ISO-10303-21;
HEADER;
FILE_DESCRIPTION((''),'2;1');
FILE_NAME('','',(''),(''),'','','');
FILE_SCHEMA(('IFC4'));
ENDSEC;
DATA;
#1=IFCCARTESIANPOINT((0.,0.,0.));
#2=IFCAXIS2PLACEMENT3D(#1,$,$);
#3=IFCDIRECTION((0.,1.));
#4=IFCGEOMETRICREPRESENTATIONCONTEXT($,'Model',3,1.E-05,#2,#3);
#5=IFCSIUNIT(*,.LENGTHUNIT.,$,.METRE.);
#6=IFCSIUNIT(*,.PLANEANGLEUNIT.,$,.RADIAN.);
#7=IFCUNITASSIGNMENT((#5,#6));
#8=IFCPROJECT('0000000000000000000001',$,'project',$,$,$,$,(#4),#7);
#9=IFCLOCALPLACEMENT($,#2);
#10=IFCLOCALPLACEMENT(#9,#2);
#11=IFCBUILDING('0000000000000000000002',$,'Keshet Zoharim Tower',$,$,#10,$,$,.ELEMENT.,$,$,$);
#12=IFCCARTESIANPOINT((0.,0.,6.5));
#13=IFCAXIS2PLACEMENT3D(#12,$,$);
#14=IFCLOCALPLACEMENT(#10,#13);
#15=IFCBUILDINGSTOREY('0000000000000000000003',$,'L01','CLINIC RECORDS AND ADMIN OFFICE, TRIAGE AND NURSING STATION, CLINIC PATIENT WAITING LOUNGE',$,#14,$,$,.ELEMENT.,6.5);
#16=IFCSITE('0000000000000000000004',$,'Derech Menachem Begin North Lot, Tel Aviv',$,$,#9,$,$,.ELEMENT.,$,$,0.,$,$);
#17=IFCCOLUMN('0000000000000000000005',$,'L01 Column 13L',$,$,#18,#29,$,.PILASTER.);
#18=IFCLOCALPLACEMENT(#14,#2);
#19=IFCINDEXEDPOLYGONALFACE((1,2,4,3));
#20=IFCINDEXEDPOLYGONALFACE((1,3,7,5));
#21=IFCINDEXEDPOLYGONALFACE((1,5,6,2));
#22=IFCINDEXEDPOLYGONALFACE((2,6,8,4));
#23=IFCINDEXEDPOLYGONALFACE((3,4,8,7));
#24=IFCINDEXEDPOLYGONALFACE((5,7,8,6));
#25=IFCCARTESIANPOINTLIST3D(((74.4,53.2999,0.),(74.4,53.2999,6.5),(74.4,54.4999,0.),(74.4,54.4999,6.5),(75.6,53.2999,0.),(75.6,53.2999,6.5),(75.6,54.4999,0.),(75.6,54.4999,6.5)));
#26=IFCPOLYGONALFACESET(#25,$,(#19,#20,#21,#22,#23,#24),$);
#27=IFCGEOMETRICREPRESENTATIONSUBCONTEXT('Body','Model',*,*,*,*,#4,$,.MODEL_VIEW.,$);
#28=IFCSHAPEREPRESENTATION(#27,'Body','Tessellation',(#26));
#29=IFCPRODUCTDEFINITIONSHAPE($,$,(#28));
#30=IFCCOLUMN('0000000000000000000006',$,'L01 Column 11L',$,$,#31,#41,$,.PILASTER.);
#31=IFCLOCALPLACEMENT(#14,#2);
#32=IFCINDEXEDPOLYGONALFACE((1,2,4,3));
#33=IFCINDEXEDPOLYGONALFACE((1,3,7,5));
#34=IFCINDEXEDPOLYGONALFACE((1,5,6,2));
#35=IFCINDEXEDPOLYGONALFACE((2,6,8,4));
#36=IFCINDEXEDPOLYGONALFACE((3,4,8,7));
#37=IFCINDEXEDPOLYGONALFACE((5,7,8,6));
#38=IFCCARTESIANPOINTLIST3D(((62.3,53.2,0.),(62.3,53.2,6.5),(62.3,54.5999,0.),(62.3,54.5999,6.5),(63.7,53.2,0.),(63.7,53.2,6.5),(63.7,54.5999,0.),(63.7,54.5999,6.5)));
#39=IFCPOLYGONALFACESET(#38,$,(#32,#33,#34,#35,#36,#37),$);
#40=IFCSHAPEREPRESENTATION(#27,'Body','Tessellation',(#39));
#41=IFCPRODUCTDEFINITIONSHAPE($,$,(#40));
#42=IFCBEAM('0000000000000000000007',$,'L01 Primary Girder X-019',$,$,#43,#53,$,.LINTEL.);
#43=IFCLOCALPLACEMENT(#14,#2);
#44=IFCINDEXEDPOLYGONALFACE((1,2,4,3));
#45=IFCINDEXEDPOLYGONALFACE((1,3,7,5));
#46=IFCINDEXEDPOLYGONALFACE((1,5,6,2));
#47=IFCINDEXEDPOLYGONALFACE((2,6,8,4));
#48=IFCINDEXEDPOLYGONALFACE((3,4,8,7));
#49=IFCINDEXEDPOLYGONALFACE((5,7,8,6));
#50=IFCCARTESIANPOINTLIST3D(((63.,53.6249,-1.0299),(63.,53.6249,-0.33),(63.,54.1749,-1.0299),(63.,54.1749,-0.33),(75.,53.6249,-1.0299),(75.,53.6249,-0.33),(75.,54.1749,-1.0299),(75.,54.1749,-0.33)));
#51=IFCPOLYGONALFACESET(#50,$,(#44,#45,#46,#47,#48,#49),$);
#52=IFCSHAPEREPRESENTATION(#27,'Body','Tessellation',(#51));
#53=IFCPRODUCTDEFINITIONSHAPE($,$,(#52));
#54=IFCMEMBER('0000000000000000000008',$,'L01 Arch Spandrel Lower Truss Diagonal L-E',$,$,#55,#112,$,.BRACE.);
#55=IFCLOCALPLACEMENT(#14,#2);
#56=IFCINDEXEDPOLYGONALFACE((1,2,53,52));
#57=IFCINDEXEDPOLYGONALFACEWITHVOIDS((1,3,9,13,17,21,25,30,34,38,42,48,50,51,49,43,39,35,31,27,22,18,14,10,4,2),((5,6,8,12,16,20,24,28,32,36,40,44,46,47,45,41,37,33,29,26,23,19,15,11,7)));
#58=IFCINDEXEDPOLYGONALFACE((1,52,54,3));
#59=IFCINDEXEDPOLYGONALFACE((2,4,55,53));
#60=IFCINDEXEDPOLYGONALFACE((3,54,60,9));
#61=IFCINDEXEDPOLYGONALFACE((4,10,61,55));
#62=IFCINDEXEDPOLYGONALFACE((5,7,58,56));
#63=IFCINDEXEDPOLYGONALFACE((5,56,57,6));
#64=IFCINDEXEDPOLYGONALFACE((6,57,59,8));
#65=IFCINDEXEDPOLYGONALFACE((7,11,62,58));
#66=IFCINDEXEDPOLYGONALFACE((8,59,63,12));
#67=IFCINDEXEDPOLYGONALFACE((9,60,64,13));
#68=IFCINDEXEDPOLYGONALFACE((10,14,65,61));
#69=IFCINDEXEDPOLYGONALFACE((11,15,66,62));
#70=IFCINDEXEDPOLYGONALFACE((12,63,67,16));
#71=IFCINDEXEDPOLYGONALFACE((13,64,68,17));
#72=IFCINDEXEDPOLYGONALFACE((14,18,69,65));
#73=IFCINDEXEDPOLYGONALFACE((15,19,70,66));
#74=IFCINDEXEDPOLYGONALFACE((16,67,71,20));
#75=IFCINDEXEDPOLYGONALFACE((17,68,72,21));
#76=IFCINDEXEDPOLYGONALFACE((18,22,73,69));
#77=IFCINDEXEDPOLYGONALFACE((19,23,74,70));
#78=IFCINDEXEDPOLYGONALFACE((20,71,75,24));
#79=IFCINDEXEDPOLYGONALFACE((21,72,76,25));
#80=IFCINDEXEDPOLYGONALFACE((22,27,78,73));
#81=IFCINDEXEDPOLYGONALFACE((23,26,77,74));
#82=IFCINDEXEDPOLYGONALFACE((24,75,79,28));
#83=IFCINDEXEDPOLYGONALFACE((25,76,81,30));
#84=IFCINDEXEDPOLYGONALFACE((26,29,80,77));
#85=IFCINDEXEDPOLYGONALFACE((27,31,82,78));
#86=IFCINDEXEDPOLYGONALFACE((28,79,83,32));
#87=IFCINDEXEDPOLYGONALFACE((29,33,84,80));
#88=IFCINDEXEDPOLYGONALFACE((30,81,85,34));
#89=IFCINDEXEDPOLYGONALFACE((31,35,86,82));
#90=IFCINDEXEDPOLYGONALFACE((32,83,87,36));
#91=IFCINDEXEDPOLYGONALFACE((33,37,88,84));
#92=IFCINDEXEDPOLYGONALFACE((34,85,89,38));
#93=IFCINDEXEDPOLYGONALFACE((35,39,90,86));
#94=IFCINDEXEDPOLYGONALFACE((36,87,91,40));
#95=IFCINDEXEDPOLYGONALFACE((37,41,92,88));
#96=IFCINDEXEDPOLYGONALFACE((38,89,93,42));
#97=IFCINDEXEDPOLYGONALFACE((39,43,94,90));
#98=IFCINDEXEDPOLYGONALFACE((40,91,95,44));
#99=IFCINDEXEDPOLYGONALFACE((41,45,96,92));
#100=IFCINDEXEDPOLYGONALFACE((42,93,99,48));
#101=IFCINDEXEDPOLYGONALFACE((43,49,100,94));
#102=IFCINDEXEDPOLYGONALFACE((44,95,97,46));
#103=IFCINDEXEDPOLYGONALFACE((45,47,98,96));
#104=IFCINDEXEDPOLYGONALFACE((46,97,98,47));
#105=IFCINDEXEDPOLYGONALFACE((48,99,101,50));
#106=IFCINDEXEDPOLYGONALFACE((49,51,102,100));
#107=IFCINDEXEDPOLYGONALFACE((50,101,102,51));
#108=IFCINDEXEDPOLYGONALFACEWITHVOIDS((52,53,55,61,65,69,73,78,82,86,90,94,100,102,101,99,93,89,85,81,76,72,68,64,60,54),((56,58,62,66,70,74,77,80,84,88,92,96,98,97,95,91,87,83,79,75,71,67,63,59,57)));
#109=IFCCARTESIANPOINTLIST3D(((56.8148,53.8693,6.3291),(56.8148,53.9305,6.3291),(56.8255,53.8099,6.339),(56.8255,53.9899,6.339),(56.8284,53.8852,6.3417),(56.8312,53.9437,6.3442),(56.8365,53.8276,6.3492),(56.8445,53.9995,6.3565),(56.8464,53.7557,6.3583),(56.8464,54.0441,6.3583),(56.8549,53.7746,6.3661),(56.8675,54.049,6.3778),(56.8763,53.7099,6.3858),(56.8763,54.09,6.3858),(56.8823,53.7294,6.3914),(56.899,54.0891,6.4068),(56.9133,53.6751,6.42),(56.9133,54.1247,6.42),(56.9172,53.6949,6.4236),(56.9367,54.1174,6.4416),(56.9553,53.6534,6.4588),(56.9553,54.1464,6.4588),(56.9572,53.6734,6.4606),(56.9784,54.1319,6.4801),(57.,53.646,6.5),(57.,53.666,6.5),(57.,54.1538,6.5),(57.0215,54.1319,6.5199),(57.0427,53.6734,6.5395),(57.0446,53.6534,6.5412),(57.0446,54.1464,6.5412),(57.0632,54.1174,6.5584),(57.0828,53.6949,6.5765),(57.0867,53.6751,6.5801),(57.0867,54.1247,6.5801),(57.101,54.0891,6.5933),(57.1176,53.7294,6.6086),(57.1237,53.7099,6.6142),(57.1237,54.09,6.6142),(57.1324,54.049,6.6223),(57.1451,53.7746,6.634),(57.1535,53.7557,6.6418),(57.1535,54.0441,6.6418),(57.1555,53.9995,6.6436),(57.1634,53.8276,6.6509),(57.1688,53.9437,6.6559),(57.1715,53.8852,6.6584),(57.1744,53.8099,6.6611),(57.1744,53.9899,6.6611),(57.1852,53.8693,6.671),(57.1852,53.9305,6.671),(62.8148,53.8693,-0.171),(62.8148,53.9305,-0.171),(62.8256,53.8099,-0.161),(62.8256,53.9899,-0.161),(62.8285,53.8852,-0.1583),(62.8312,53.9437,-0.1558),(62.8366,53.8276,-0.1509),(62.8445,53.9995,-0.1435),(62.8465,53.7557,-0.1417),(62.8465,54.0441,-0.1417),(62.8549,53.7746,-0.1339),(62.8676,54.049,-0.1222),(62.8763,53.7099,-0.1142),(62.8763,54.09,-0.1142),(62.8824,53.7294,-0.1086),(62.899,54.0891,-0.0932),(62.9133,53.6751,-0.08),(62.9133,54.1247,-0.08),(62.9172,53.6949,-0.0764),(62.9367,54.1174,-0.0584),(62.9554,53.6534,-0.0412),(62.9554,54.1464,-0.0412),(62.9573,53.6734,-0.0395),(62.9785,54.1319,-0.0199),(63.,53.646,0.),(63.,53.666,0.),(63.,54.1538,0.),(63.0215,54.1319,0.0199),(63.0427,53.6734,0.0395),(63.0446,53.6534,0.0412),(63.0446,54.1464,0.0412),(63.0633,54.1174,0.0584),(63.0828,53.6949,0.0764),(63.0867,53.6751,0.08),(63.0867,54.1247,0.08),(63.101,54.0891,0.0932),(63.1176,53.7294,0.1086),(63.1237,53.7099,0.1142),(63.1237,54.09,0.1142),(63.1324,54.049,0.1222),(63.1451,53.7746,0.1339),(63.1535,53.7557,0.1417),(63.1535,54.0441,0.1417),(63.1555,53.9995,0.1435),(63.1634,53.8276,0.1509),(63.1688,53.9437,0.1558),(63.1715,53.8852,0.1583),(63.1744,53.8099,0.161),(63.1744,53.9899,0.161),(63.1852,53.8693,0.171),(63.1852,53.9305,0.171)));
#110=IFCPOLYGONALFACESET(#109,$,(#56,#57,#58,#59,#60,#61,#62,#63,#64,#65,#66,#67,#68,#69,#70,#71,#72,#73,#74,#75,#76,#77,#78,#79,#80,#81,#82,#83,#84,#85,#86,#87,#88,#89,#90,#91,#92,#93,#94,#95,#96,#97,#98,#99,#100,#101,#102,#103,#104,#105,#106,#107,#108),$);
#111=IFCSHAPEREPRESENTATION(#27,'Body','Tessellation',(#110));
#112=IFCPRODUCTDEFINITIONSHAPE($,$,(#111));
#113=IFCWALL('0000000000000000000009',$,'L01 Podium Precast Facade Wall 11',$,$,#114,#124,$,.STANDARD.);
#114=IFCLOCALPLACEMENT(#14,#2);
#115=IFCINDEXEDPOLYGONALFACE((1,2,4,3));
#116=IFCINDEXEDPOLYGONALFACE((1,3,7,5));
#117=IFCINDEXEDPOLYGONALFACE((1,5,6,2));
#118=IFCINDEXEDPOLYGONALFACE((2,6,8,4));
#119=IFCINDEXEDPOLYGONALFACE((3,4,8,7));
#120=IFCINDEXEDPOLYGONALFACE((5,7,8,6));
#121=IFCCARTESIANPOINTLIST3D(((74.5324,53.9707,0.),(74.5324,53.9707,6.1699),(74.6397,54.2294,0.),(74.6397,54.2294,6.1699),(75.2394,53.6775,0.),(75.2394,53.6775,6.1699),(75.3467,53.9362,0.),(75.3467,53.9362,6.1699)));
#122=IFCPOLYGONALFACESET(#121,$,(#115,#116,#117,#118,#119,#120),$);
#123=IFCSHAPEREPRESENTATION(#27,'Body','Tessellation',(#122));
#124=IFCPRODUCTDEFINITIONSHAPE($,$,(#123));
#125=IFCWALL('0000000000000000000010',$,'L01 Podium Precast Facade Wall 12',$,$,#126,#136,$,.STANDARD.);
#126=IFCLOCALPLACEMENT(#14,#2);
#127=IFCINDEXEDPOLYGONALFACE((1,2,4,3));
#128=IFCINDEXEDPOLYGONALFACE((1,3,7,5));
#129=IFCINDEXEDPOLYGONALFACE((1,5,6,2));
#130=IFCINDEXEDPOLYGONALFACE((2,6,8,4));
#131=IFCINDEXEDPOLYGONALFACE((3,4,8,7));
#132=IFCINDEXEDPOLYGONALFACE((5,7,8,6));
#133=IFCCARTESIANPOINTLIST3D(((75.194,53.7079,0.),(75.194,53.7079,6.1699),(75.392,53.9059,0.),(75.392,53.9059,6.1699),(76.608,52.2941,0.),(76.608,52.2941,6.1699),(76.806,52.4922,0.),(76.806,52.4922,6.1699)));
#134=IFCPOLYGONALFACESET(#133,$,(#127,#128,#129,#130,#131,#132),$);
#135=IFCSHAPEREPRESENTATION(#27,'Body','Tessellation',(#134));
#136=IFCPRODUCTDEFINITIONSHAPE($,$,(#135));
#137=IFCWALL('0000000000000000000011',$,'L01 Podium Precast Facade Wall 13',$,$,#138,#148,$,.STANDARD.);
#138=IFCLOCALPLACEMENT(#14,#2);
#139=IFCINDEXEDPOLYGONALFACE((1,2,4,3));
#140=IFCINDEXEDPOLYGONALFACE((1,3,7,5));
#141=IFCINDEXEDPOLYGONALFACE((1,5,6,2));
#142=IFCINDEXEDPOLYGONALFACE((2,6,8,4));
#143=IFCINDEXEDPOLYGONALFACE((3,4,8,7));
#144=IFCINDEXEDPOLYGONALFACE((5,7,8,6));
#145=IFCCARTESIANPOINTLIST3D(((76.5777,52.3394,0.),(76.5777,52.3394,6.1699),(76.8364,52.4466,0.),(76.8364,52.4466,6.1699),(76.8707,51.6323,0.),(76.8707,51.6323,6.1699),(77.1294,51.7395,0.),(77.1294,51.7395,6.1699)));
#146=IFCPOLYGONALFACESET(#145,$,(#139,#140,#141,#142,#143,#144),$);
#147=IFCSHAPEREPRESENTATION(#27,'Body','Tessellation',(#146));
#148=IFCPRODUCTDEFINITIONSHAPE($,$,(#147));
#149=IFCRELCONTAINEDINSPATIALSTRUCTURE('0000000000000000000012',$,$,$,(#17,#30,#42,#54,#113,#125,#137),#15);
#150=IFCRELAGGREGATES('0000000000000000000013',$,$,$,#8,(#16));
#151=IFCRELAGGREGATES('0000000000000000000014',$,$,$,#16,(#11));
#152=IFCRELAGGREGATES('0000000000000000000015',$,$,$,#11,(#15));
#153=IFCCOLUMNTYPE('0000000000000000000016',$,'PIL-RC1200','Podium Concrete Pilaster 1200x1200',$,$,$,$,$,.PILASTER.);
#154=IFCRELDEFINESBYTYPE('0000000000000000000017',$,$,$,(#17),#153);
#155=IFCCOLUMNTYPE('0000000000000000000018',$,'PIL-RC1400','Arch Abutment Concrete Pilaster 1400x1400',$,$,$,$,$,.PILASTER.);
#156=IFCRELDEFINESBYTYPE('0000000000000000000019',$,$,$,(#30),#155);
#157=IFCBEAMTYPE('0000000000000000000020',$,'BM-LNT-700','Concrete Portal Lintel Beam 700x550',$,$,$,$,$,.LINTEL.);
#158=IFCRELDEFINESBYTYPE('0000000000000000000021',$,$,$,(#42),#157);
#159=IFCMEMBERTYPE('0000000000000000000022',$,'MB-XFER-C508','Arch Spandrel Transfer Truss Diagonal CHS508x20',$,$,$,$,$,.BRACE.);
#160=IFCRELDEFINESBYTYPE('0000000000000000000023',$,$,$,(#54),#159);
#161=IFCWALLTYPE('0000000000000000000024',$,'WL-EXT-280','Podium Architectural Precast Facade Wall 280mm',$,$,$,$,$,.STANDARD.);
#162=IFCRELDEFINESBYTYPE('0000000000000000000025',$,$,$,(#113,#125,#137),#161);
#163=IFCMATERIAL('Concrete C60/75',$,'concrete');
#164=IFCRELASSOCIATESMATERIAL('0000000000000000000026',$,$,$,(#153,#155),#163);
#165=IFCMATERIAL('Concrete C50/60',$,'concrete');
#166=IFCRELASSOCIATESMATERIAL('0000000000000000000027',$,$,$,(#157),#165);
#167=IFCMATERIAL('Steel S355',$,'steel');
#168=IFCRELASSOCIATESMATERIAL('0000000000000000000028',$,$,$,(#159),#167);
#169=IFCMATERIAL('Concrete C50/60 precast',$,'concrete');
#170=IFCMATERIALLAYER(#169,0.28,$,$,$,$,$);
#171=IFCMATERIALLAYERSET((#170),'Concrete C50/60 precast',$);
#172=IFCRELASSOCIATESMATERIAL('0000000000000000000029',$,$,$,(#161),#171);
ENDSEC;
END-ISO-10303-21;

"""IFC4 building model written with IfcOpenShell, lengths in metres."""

from ifc_helpers import new_model, si_unit, direction, frame, frame_2d, origin, origin_2d, place, context, subcontext, project, spatial, rectangle, hollow_circle, extrude, material, layer, layer_set, material_profile, profile_set, type_object, element, save


model = new_model("IFC4")

# Units and contexts
model_context = context("Model", 3, precision=1e-05, world=origin(), true_north=direction((0.0, 1.0)))
body_context = subcontext(model_context, "Body", "Model", "MODEL_VIEW")
ifc_project = project(units=[si_unit("LENGTHUNIT", "METRE"), si_unit("PLANEANGLEUNIT", "RADIAN")], contexts=[model_context])

# Site, building, storey
site_placement = place(None, origin())
site = spatial("IfcSite", under=ifc_project, at=site_placement, Name="Derech Menachem Begin North Lot, Tel Aviv", CompositionType="ELEMENT", RefElevation=0.0)
building_placement = place(site_placement, origin())
building = spatial("IfcBuilding", under=site, at=building_placement, Name="Keshet Zoharim Tower", CompositionType="ELEMENT")
storey_placement = place(building_placement, frame((0.0, 0.0, 6.5)))
storey = spatial("IfcBuildingStorey", under=building, at=storey_placement, Name="L01", Description="CLINIC RECORDS AND ADMIN OFFICE, TRIAGE AND NURSING STATION, CLINIC PATIENT WAITING LOUNGE", CompositionType="ELEMENT", Elevation=6.5)

# Columns
ifc_material_1 = material(Name="Concrete C60/75", Category="concrete")
ifc_material_profile_1 = material_profile(ifc_material_1, rectangle(XDim=1.2, YDim=1.2, at=origin_2d()), Name="RC1200x1200")
ifc_profile_set_1 = profile_set([ifc_material_profile_1], Name="Concrete C60/75")
column_type_1 = type_object("IfcColumnType", Name="PIL-RC1200", Description="Podium Concrete Pilaster 1200x1200", PredefinedType="PILASTER", material=ifc_profile_set_1)
column_1_placement = place(storey_placement, frame((75.0, 53.8999, 0.0), z_axis=(0.0, 0.0, 1.0), x_axis=(1.0, 0.0, 0.0)))
element("IfcColumn", 1, at=column_1_placement, inside=storey, type_object=column_type_1, Name="L01 Column 13L", PredefinedType="PILASTER", context=body_context, shape_type="SweptSolid", body=[
    extrude(rectangle(XDim=1.2, YDim=1.2, at=origin_2d()), origin(), (0.0, 0.0, 1.0), 6.5),
])
ifc_material_profile_2 = material_profile(ifc_material_1, rectangle(XDim=1.3999, YDim=1.3999, at=origin_2d()), Name="RC1400x1400")
ifc_profile_set_2 = profile_set([ifc_material_profile_2], Name="Concrete C60/75")
column_type_2 = type_object("IfcColumnType", Name="PIL-RC1400", Description="Arch Abutment Concrete Pilaster 1400x1400", PredefinedType="PILASTER", material=ifc_profile_set_2)
column_2_placement = place(storey_placement, frame((63.0, 53.8999, 0.0), z_axis=(0.0, 0.0, 1.0), x_axis=(1.0, 0.0, 0.0)))
element("IfcColumn", 2, at=column_2_placement, inside=storey, type_object=column_type_2, Name="L01 Column 11L", PredefinedType="PILASTER", context=body_context, shape_type="SweptSolid", body=[
    extrude(rectangle(XDim=1.3999, YDim=1.3999, at=origin_2d()), origin(), (0.0, 0.0, 1.0), 6.5),
])

# Beam
ifc_material_2 = material(Name="Concrete C50/60", Category="concrete")
ifc_material_profile_3 = material_profile(ifc_material_2, rectangle(XDim=0.55, YDim=0.7, at=origin_2d()), Name="RC700x550")
ifc_profile_set_3 = profile_set([ifc_material_profile_3], Name="Concrete C50/60")
beam_type = type_object("IfcBeamType", Name="BM-LNT-700", Description="Concrete Portal Lintel Beam 700x550", PredefinedType="LINTEL", material=ifc_profile_set_3)
beam_placement = place(storey_placement, frame((63.0, 53.8999, -0.6799), z_axis=(1.0, 0.0, 0.0), x_axis=(0.0, 1.0, 0.0)))
element("IfcBeam", 3, at=beam_placement, inside=storey, type_object=beam_type, Name="L01 Primary Girder X-019", PredefinedType="LINTEL", context=body_context, shape_type="SweptSolid", body=[
    extrude(rectangle(XDim=0.55, YDim=0.7, at=origin_2d()), origin(), (0.0, 0.0, 1.0), 12.0),
])

# Member
ifc_material_3 = material(Name="Steel S355", Category="steel")
ifc_material_profile_4 = material_profile(ifc_material_3, hollow_circle(Radius=0.2539, WallThickness=0.02, at=origin_2d()), Name="CHS508x20")
ifc_profile_set_4 = profile_set([ifc_material_profile_4], Name="Steel S355")
member_type = type_object("IfcMemberType", Name="MB-XFER-C508", Description="Arch Spandrel Transfer Truss Diagonal CHS508x20", PredefinedType="BRACE", material=ifc_profile_set_4)
member_placement = place(storey_placement, frame((63.0, 53.8999, 0.0), z_axis=(-0.67828, 0.0, 0.734803), x_axis=(0.0, -1.0, 0.0)))
element("IfcMember", 4, at=member_placement, inside=storey, type_object=member_type, Name="L01 Arch Spandrel Lower Truss Diagonal L-E", PredefinedType="BRACE", context=body_context, shape_type="SweptSolid", body=[
    extrude(hollow_circle(Radius=0.2539, WallThickness=0.02, at=origin_2d()), origin(), (0.0, 0.0, 1.0), 8.8459),
])

# Walls
ifc_material_4 = material(Name="Concrete C50/60 precast", Category="concrete")
ifc_layer = layer(ifc_material_4, 0.28)
ifc_layer_set = layer_set([ifc_layer], Name="Concrete C50/60 precast")
wall_type = type_object("IfcWallType", Name="WL-EXT-280", Description="Podium Architectural Precast Facade Wall 280mm", PredefinedType="STANDARD", material=ifc_layer_set)
wall_1_placement = place(storey_placement, frame((74.5859, 54.1001, 0.0), z_axis=(0.0, 0.0, 1.0), x_axis=(0.923717, -0.383075, 0.0)))
element("IfcWall", 5, at=wall_1_placement, inside=storey, type_object=wall_type, Name="L01 Podium Precast Facade Wall 11", PredefinedType="STANDARD", context=body_context, shape_type="SweptSolid", body=[
    extrude(rectangle(XDim=0.7654, YDim=0.28, at=frame_2d((0.3828, 0.0))), origin(), (0.0, 0.0, 1.0), 6.1699),
])
wall_2_placement = place(storey_placement, frame((75.293, 53.8069, 0.0), z_axis=(0.0, 0.0, 1.0), x_axis=(0.707168, -0.707046, 0.0)))
element("IfcWall", 6, at=wall_2_placement, inside=storey, type_object=wall_type, Name="L01 Podium Precast Facade Wall 12", PredefinedType="STANDARD", context=body_context, shape_type="SweptSolid", body=[
    extrude(rectangle(XDim=1.9995, YDim=0.28, at=frame_2d((0.9998, 0.0))), origin(), (0.0, 0.0, 1.0), 6.1699),
])
wall_3_placement = place(storey_placement, frame((76.707, 52.3931, 0.0), z_axis=(0.0, 0.0, 1.0), x_axis=(0.382803, -0.92383, 0.0)))
element("IfcWall", 7, at=wall_3_placement, inside=storey, type_object=wall_type, Name="L01 Podium Precast Facade Wall 13", PredefinedType="STANDARD", context=body_context, shape_type="SweptSolid", body=[
    extrude(rectangle(XDim=0.7654, YDim=0.28, at=frame_2d((0.3828, 0.0))), origin(), (0.0, 0.0, 1.0), 6.1699),
])

save(model, "model.ifc")
